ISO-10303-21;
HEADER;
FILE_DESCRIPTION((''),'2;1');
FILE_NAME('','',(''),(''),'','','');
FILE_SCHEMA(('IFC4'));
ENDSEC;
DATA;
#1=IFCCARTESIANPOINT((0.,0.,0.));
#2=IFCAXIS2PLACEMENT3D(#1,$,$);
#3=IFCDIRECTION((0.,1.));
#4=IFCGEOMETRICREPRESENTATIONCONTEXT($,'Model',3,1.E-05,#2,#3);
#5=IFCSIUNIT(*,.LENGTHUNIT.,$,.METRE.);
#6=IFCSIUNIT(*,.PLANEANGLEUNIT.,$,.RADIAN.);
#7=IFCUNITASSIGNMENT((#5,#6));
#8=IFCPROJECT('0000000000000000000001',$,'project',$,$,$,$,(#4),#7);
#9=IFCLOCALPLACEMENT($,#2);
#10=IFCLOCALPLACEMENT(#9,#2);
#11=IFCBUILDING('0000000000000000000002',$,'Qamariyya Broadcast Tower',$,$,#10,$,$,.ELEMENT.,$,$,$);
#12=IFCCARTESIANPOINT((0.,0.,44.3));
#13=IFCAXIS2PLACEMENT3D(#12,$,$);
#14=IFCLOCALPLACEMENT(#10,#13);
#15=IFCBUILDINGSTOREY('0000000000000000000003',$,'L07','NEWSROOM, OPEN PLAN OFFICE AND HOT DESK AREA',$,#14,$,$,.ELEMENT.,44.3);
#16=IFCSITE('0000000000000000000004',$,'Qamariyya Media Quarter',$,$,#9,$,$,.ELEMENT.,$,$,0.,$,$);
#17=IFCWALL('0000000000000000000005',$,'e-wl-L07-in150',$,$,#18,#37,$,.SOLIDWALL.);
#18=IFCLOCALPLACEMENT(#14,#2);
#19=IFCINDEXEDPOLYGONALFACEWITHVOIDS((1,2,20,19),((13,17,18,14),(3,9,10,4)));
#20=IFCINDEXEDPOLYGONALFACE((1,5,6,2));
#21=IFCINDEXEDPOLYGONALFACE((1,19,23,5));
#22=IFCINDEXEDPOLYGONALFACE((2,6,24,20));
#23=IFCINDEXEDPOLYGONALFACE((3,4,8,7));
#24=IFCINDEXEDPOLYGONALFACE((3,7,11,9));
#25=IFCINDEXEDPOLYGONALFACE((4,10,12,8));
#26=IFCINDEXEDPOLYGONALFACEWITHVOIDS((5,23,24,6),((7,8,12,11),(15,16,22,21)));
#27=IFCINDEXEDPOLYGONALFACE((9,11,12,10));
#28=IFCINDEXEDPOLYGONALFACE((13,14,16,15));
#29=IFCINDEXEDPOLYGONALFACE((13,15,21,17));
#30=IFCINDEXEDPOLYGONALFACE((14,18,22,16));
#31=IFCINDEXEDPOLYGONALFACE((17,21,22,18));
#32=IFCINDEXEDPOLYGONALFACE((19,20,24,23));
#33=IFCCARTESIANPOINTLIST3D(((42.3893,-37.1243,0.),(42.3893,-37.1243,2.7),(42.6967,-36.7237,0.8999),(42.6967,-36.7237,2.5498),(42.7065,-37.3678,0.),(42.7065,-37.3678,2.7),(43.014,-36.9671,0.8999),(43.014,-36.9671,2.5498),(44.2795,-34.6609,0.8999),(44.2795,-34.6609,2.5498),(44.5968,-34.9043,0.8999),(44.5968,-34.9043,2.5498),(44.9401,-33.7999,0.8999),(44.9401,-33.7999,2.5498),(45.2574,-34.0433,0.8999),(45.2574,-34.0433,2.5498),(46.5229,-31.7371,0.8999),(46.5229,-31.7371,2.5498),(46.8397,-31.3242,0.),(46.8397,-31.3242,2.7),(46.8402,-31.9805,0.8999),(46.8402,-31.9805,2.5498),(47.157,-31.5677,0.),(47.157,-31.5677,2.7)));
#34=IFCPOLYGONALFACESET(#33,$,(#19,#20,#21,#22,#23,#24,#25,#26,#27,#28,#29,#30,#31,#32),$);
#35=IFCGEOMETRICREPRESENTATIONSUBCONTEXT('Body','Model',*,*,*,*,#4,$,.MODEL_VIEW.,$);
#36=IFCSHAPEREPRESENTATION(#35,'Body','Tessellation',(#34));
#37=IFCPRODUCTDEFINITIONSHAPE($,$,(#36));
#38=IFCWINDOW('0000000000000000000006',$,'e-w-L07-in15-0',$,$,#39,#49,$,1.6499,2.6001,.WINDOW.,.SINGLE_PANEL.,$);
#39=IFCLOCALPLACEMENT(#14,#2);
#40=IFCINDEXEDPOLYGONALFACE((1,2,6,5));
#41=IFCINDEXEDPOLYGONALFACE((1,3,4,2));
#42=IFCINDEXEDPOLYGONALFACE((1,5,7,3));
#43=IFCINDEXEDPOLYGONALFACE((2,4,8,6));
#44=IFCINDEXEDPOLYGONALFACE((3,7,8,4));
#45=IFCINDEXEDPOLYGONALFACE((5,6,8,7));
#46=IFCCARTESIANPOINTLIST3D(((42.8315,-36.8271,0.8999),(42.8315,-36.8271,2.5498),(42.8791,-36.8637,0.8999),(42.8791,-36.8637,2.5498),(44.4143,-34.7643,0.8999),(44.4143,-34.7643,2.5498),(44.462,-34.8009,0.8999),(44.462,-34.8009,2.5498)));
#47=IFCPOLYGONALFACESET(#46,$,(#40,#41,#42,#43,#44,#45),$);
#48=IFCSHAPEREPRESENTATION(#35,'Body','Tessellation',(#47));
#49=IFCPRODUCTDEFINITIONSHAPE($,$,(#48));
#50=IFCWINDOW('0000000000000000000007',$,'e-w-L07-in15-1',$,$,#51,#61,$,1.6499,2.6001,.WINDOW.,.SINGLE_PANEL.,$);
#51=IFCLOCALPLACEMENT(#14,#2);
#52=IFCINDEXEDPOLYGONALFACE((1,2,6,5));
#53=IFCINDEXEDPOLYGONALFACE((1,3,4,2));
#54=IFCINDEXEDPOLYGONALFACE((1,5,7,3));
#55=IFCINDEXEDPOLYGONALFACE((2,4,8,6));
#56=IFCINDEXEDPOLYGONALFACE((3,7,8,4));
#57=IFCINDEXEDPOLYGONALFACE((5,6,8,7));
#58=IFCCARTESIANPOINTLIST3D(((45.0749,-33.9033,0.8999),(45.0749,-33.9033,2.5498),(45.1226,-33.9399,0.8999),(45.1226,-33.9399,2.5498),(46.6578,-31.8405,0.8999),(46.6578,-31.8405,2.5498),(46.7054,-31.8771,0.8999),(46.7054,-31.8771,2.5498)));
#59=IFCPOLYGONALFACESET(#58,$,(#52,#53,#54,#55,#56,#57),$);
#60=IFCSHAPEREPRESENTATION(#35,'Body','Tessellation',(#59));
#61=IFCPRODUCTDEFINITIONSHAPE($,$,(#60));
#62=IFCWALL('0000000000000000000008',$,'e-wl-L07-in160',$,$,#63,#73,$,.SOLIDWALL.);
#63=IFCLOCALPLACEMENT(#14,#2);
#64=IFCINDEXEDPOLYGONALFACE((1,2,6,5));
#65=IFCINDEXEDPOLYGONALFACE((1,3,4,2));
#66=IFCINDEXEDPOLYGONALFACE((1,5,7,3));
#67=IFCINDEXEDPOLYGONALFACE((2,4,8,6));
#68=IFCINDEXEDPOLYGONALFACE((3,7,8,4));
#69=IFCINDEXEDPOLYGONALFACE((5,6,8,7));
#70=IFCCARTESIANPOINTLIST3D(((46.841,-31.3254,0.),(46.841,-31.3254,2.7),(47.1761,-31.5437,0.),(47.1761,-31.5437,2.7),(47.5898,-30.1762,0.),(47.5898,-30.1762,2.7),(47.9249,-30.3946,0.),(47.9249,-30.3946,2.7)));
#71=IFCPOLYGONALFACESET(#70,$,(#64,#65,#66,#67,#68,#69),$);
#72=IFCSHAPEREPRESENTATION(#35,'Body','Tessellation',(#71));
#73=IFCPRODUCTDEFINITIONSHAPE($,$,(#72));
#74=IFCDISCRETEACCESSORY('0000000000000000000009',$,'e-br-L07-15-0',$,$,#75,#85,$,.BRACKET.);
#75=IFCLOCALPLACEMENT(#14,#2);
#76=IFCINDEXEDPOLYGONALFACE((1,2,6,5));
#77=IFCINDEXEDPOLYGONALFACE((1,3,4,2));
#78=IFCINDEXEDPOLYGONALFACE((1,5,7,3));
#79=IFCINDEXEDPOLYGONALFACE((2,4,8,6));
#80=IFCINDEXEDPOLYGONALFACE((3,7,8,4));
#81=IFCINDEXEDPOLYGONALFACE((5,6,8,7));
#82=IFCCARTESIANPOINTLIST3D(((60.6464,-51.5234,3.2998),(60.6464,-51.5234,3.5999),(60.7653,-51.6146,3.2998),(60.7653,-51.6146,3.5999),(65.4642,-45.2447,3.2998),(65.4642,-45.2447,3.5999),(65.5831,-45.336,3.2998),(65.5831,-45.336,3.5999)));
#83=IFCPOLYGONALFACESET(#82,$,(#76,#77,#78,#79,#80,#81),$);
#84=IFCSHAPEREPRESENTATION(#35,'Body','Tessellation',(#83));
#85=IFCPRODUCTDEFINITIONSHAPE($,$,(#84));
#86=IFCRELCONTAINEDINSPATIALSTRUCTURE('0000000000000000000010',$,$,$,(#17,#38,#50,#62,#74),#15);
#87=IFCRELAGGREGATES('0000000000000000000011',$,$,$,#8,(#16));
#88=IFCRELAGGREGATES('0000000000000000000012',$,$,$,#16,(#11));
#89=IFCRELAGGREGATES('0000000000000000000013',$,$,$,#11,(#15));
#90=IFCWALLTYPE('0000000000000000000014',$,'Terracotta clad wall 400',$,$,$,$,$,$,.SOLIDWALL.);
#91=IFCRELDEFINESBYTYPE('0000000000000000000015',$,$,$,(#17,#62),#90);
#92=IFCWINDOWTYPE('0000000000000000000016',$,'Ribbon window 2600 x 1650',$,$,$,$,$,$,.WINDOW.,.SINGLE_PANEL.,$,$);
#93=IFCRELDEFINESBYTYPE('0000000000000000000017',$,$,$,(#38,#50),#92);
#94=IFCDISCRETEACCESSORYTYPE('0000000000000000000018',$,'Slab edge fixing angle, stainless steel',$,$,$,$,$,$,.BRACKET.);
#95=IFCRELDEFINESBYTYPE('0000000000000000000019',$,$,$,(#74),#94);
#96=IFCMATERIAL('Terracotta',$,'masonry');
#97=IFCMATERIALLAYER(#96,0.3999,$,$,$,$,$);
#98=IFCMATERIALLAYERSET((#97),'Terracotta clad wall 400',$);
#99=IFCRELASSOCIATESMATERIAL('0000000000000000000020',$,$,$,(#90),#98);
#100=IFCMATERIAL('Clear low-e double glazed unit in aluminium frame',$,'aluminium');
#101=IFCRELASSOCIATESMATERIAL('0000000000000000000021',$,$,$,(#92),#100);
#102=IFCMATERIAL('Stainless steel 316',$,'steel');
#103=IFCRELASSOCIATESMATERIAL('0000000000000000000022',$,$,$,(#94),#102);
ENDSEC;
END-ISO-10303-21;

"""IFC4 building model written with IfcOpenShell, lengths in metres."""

from ifc_helpers import new_model, si_unit, direction, frame, frame_2d, origin, origin_2d, place, context, subcontext, project, spatial, rectangle, extrude, material, layer, layer_set, type_object, element, fill, save


model = new_model("IFC4")

# Units and contexts
model_context = context("Model", 3, precision=1e-05, world=origin(), true_north=direction((0.0, 1.0)))
body_context = subcontext(model_context, "Body", "Model", "MODEL_VIEW")
ifc_project = project(units=[si_unit("LENGTHUNIT", "METRE"), si_unit("PLANEANGLEUNIT", "RADIAN")], contexts=[model_context])

# Site, building, storey
site_placement = place(None, origin())
site = spatial("IfcSite", under=ifc_project, at=site_placement, Name="Qamariyya Media Quarter", CompositionType="ELEMENT", RefElevation=0.0)
building_placement = place(site_placement, origin())
building = spatial("IfcBuilding", under=site, at=building_placement, Name="Qamariyya Broadcast Tower", CompositionType="ELEMENT")
storey_placement = place(building_placement, frame((0.0, 0.0, 44.3)))
storey = spatial("IfcBuildingStorey", under=building, at=storey_placement, Name="L07", Description="NEWSROOM, OPEN PLAN OFFICE AND HOT DESK AREA", CompositionType="ELEMENT", Elevation=44.3)

# Shared definitions
ifc_material_1 = material(Name="Terracotta", Category="masonry")
ifc_layer = layer(ifc_material_1, 0.3999)
ifc_layer_set = layer_set([ifc_layer], Name="Terracotta clad wall 400")
wall_type = type_object("IfcWallType", Name="Terracotta clad wall 400", PredefinedType="SOLIDWALL", material=ifc_layer_set)
ifc_material_2 = material(Name="Clear low-e double glazed unit in aluminium frame", Category="aluminium")

# Wall, openings, windows
wall_1_placement = place(storey_placement, frame((46.9983, -31.446, 0.0), z_axis=(0.0, 0.0, 1.0), x_axis=(-0.608753, -0.79336, 0.0)))
wall_1 = element("IfcWall", 1, at=wall_1_placement, inside=storey, type_object=wall_type, Name="e-wl-L07-in150", PredefinedType="SOLIDWALL", context=body_context, shape_type="SweptSolid", body=[
    extrude(rectangle(XDim=7.3108, YDim=0.3999, at=frame_2d((3.6553, 0.0))), origin(), (0.0, 0.0, 1.0), 2.7),
])
opening_1_placement = place(wall_1_placement, frame((4.2056, 0.0, 0.8999)))
opening_1 = element("IfcOpeningElement", 2, at=opening_1_placement, cuts=wall_1, PredefinedType="OPENING", context=body_context, shape_type="SweptSolid", body=[
    extrude(rectangle(XDim=2.6001, YDim=1.6499, at=frame_2d((1.3, 0.825))), frame((0.0, 0.21, 0.0), z_axis=(0.0, -1.0, 0.0), x_axis=(1.0, 0.0, 0.0)), (0.0, 0.0, 1.0), 0.4199),
])
opening_2_placement = place(wall_1_placement, frame((0.5203, 0.0, 0.8999)))
opening_2 = element("IfcOpeningElement", 3, at=opening_2_placement, cuts=wall_1, PredefinedType="OPENING", context=body_context, shape_type="SweptSolid", body=[
    extrude(rectangle(XDim=2.6001, YDim=1.6499, at=frame_2d((1.3, 0.825))), frame((0.0, 0.21, 0.0), z_axis=(0.0, -1.0, 0.0), x_axis=(1.0, 0.0, 0.0)), (0.0, 0.0, 1.0), 0.4199),
])
window_type_1 = type_object("IfcWindowType", Name="Ribbon window 2600 x 1650", PartitioningType="SINGLE_PANEL", PredefinedType="WINDOW", material=ifc_material_2)
window_1_placement = place(opening_1_placement, origin())
window_1 = element("IfcWindow", 4, at=window_1_placement, inside=storey, type_object=window_type_1, Name="e-w-L07-in15-0", OverallHeight=1.6499, OverallWidth=2.6001, PartitioningType="SINGLE_PANEL", PredefinedType="WINDOW", context=body_context, shape_type="SweptSolid", body=[
    extrude(rectangle(XDim=2.6001, YDim=1.6499, at=frame_2d((1.3, 0.825))), frame((0.0, 0.03, 0.0), z_axis=(0.0, -1.0, 0.0), x_axis=(1.0, 0.0, 0.0)), (0.0, 0.0, 1.0), 0.0601),
])
fill(opening_1, window_1)
window_2_placement = place(opening_2_placement, origin())
window_2 = element("IfcWindow", 5, at=window_2_placement, inside=storey, type_object=window_type_1, Name="e-w-L07-in15-1", OverallHeight=1.6499, OverallWidth=2.6001, PartitioningType="SINGLE_PANEL", PredefinedType="WINDOW", context=body_context, shape_type="SweptSolid", body=[
    extrude(rectangle(XDim=2.6001, YDim=1.6499, at=frame_2d((1.3, 0.825))), frame((0.0, 0.03, 0.0), z_axis=(0.0, -1.0, 0.0), x_axis=(1.0, 0.0, 0.0)), (0.0, 0.0, 1.0), 0.0601),
])
fill(opening_2, window_2)

# Wall
wall_2_placement = place(storey_placement, frame((47.7573, -30.2854, 0.0), z_axis=(0.0, 0.0, 1.0), x_axis=(-0.54592, -0.837837, 0.0)))
element("IfcWall", 6, at=wall_2_placement, inside=storey, type_object=wall_type, Name="e-wl-L07-in160", PredefinedType="SOLIDWALL", context=body_context, shape_type="SweptSolid", body=[
    extrude(rectangle(XDim=1.3716, YDim=0.3999, at=frame_2d((0.6858, 0.0))), origin(), (0.0, 0.0, 1.0), 2.7),
])

# Discrete accessory
ifc_material_3 = material(Name="Stainless steel 316", Category="steel")
discrete_accessory_type = type_object("IfcDiscreteAccessoryType", Name="Slab edge fixing angle, stainless steel", PredefinedType="BRACKET", material=ifc_material_3)
discrete_accessory_placement = place(storey_placement, frame((63.1147, -48.4297, 3.2998), z_axis=(0.0, 0.0, 1.0), x_axis=(0.608761, 0.793353, 0.0)))
element("IfcDiscreteAccessory", 7, at=discrete_accessory_placement, inside=storey, type_object=discrete_accessory_type, Name="e-br-L07-15-0", PredefinedType="BRACKET", context=body_context, shape_type="SweptSolid", body=[
    extrude(rectangle(XDim=7.9141, YDim=0.1499, at=origin_2d()), origin(), (0.0, 0.0, 1.0), 0.3),
])

save(model, "model.ifc")
